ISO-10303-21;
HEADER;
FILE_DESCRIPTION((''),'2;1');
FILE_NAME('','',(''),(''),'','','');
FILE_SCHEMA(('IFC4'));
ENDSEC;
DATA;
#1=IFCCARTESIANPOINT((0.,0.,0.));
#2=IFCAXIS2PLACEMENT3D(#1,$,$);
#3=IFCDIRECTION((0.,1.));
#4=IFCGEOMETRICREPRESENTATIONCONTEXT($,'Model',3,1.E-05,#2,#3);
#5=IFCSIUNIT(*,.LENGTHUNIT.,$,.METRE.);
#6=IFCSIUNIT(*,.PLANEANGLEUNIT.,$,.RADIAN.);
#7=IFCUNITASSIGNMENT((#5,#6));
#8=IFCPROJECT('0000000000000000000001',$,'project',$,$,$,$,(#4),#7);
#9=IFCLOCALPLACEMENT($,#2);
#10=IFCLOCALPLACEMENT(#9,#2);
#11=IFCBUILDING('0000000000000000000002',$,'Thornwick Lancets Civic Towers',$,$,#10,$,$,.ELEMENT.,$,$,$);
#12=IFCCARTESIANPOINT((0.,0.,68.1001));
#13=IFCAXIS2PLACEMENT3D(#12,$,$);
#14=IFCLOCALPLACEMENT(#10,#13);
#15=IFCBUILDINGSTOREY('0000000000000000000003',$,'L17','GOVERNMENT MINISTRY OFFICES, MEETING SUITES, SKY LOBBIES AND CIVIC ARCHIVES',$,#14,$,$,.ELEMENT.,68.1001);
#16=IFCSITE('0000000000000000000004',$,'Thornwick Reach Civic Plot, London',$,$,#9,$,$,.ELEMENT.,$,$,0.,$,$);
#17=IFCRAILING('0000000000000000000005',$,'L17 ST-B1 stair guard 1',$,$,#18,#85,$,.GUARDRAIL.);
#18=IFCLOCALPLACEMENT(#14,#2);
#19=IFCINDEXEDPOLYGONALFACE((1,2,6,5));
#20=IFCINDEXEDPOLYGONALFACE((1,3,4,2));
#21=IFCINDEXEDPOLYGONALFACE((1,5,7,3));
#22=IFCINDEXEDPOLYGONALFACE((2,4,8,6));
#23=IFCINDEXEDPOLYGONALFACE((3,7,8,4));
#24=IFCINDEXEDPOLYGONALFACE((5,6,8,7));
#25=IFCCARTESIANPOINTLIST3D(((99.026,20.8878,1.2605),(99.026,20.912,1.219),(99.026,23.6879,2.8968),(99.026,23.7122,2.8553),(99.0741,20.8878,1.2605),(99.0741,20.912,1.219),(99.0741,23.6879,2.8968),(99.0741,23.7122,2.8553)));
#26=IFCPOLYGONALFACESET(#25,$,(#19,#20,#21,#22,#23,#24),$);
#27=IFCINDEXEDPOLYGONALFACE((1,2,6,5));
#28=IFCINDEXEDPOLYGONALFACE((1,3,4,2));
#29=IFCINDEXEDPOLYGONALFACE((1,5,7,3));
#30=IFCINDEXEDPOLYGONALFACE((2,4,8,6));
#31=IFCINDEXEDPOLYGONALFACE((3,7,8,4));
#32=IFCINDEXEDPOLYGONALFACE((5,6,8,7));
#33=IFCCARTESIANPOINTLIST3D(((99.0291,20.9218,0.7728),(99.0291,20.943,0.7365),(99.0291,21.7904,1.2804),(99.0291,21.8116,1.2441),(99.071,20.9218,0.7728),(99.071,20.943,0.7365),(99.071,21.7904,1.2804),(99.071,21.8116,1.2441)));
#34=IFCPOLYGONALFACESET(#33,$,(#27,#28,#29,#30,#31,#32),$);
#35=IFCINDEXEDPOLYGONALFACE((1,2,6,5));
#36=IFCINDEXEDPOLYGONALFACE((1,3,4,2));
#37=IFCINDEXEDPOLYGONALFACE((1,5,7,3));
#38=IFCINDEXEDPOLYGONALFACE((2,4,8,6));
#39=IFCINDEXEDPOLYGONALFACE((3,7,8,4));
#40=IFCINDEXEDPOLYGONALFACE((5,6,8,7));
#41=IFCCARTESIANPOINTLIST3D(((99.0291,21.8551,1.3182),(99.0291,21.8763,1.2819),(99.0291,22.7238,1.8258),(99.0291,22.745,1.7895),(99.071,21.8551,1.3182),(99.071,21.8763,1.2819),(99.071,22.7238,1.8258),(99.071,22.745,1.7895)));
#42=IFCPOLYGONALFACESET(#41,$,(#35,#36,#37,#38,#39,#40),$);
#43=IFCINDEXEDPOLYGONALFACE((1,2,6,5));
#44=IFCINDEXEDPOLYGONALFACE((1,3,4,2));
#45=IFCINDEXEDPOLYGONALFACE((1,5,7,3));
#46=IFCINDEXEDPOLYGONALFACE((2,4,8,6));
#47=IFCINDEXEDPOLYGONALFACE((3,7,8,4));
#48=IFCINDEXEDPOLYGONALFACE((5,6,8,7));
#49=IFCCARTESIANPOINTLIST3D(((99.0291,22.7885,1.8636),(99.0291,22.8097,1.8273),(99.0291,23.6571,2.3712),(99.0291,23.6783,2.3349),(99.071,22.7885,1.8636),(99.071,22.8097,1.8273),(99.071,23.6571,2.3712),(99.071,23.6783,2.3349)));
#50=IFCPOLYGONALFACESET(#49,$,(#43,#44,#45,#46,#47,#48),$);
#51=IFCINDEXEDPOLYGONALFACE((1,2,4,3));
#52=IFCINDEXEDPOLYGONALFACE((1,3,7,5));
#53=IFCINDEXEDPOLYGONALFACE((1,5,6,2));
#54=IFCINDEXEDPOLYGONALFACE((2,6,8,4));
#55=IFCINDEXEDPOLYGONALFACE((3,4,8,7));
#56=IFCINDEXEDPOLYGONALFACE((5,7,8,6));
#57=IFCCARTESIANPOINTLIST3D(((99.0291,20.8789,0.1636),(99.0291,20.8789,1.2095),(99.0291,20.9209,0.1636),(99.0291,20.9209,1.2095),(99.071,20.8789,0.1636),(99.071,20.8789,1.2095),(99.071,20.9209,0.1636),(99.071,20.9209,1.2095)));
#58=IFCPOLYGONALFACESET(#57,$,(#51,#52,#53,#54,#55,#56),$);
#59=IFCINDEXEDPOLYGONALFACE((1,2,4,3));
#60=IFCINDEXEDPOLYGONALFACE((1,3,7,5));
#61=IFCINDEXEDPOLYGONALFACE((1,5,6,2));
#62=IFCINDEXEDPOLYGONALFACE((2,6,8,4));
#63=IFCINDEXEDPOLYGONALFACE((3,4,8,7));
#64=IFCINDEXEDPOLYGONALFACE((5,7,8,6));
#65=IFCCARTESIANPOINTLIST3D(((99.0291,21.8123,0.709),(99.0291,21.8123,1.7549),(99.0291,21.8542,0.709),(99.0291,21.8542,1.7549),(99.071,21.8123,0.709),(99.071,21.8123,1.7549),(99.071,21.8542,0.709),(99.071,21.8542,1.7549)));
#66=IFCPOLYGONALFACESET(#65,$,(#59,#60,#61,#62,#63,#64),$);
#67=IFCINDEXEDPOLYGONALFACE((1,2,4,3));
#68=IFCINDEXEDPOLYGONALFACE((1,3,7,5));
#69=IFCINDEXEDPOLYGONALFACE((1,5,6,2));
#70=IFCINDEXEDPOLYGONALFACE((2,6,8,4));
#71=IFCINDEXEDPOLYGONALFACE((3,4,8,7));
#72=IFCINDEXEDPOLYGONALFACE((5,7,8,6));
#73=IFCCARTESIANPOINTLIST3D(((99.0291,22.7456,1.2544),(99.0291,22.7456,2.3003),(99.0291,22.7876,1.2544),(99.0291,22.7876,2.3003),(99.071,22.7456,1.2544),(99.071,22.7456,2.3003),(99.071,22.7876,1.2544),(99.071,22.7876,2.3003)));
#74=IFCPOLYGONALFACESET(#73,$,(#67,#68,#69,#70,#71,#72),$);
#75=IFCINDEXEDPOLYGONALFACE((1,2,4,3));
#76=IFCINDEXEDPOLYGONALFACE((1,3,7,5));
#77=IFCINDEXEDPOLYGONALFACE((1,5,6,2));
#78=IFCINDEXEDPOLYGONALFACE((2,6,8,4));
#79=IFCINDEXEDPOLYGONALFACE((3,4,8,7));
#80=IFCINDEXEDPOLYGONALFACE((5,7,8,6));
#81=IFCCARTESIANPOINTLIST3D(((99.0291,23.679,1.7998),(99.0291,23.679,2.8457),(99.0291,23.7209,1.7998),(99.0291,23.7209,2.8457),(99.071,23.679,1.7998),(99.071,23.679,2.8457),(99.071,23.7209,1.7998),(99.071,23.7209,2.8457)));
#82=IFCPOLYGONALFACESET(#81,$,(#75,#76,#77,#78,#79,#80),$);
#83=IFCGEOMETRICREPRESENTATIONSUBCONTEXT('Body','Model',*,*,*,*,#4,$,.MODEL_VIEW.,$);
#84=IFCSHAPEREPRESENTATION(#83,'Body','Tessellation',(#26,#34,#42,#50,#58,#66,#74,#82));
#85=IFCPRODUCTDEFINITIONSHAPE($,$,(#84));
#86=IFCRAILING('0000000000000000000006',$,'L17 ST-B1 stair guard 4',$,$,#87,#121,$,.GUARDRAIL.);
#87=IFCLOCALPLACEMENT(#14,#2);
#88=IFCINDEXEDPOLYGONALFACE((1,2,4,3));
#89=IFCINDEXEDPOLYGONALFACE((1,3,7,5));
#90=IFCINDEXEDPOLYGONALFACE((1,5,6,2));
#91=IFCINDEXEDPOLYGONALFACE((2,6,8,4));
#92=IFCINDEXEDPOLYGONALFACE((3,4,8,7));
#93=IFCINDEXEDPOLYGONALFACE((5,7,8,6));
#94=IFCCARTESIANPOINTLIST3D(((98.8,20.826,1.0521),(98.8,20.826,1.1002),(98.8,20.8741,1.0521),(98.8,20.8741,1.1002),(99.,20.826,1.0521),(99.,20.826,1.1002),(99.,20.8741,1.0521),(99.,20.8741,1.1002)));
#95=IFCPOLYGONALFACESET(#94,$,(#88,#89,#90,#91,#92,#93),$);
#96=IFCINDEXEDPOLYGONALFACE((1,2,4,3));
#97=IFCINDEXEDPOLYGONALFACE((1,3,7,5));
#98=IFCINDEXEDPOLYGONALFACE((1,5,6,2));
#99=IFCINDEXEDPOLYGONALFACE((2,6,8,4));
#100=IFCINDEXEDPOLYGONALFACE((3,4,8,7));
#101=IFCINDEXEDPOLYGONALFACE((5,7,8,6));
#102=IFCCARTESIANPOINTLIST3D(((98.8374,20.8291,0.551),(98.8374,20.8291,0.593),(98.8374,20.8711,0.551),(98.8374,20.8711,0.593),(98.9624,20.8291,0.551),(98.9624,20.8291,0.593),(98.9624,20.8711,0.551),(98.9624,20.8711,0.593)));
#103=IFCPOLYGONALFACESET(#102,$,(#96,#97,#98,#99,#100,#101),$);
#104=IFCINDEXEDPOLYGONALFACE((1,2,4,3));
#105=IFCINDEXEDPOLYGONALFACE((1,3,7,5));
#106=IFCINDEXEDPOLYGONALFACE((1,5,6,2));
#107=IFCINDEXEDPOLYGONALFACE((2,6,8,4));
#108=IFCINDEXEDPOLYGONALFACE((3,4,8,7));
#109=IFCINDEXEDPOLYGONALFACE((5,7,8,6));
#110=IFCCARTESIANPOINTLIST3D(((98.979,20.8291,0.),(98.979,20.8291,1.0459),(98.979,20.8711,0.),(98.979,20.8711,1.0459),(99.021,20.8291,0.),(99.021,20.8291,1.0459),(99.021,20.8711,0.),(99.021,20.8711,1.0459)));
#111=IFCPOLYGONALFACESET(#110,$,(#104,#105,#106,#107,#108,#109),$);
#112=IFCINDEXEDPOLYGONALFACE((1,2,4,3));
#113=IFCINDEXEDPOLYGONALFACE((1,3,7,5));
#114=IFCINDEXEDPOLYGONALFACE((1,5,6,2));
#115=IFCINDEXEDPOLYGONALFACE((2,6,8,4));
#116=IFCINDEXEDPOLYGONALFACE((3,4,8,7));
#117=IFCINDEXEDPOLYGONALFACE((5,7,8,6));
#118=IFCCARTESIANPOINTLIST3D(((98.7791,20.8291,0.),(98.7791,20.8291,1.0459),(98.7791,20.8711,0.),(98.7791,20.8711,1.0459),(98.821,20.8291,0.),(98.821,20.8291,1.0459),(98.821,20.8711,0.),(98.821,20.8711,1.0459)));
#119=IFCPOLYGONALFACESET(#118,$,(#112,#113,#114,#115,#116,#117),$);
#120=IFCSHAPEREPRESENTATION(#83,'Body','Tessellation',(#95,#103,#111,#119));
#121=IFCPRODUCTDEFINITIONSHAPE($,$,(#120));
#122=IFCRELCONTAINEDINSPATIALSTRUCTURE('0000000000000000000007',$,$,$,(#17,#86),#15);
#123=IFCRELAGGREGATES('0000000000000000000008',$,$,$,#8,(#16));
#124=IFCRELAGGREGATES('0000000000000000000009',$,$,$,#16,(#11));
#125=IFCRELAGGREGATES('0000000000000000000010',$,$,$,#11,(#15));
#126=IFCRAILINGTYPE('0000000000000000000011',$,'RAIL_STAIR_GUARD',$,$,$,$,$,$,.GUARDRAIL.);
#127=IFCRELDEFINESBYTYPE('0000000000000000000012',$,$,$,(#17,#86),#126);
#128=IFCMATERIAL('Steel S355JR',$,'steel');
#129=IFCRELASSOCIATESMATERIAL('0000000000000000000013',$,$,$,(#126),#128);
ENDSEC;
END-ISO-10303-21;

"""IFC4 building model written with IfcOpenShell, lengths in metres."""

from ifc_helpers import new_model, si_unit, direction, frame, origin, origin_2d, place, context, subcontext, project, spatial, rectangle, extrude, material, type_object, element, save


model = new_model("IFC4")

# Units and contexts
model_context = context("Model", 3, precision=1e-05, world=origin(), true_north=direction((0.0, 1.0)))
body_context = subcontext(model_context, "Body", "Model", "MODEL_VIEW")
ifc_project = project(units=[si_unit("LENGTHUNIT", "METRE"), si_unit("PLANEANGLEUNIT", "RADIAN")], contexts=[model_context])

# Site, building, storey
site_placement = place(None, origin())
site = spatial("IfcSite", under=ifc_project, at=site_placement, Name="Thornwick Reach Civic Plot, London", CompositionType="ELEMENT", RefElevation=0.0)
building_placement = place(site_placement, origin())
building = spatial("IfcBuilding", under=site, at=building_placement, Name="Thornwick Lancets Civic Towers", CompositionType="ELEMENT")
storey_placement = place(building_placement, frame((0.0, 0.0, 68.1001)))
storey = spatial("IfcBuildingStorey", under=building, at=storey_placement, Name="L17", Description="GOVERNMENT MINISTRY OFFICES, MEETING SUITES, SKY LOBBIES AND CIVIC ARCHIVES", CompositionType="ELEMENT", Elevation=68.1001)

# Railings
ifc_material_1 = material(Name="Steel S355JR", Category="steel")
railing_type_1 = type_object("IfcRailingType", Name="RAIL_STAIR_GUARD", PredefinedType="GUARDRAIL", material=ifc_material_1)
railing_1_placement = place(storey_placement, frame((99.05, 20.8999, 0.1636)))
element("IfcRailing", 1, at=railing_1_placement, inside=storey, type_object=railing_type_1, Name="L17 ST-B1 stair guard 1", PredefinedType="GUARDRAIL", context=body_context, shape_type="SweptSolid", body=[
    extrude(rectangle(XDim=0.0481, YDim=0.0481, at=origin_2d()), frame((0.0, 0.0, 1.0762), z_axis=(0.0, 0.863394, 0.504531), x_axis=(-1.0, 0.0, 0.0)), (0.0, 0.0, 1.0), 3.2432),
    extrude(rectangle(XDim=0.042, YDim=0.042, at=origin_2d()), frame((0.0, 0.0325, 0.5911), z_axis=(0.0, 0.863394, 0.504531), x_axis=(-1.0, 0.0, 0.0)), (0.0, 0.0, 1.0), 1.0061),
    extrude(rectangle(XDim=0.042, YDim=0.042, at=origin_2d()), frame((0.0, 0.9658, 1.1365), z_axis=(0.0, 0.863394, 0.504531), x_axis=(-1.0, 0.0, 0.0)), (0.0, 0.0, 1.0), 1.0061),
    extrude(rectangle(XDim=0.042, YDim=0.042, at=origin_2d()), frame((0.0, 1.8992, 1.6819), z_axis=(0.0, 0.863394, 0.504531), x_axis=(-1.0, 0.0, 0.0)), (0.0, 0.0, 1.0), 1.0061),
    extrude(rectangle(XDim=0.042, YDim=0.042, at=origin_2d()), origin(), (0.0, 0.0, 1.0), 1.0459),
    extrude(rectangle(XDim=0.042, YDim=0.042, at=origin_2d()), frame((0.0, 0.9333, 0.5454)), (0.0, 0.0, 1.0), 1.0459),
    extrude(rectangle(XDim=0.042, YDim=0.042, at=origin_2d()), frame((0.0, 1.8667, 1.0908)), (0.0, 0.0, 1.0), 1.0459),
    extrude(rectangle(XDim=0.042, YDim=0.042, at=origin_2d()), frame((0.0, 2.8, 1.6362)), (0.0, 0.0, 1.0), 1.0459),
])
railing_2_placement = place(storey_placement, frame((99.0, 20.8501, 0.0)))
element("IfcRailing", 2, at=railing_2_placement, inside=storey, type_object=railing_type_1, Name="L17 ST-B1 stair guard 4", PredefinedType="GUARDRAIL", context=body_context, shape_type="SweptSolid", body=[
    extrude(rectangle(XDim=0.0481, YDim=0.0481, at=origin_2d()), frame((0.0, 0.0, 1.0762), z_axis=(-1.0, 0.0, 0.0), x_axis=(0.0, -1.0, 0.0)), (0.0, 0.0, 1.0), 0.2),
    extrude(rectangle(XDim=0.042, YDim=0.042, at=origin_2d()), frame((-0.0376, 0.0, 0.572), z_axis=(-1.0, 0.0, 0.0), x_axis=(0.0, -1.0, 0.0)), (0.0, 0.0, 1.0), 0.125),
    extrude(rectangle(XDim=0.042, YDim=0.042, at=origin_2d()), origin(), (0.0, 0.0, 1.0), 1.0459),
    extrude(rectangle(XDim=0.042, YDim=0.042, at=origin_2d()), frame((-0.2, 0.0, 0.0)), (0.0, 0.0, 1.0), 1.0459),
])

save(model, "model.ifc")
